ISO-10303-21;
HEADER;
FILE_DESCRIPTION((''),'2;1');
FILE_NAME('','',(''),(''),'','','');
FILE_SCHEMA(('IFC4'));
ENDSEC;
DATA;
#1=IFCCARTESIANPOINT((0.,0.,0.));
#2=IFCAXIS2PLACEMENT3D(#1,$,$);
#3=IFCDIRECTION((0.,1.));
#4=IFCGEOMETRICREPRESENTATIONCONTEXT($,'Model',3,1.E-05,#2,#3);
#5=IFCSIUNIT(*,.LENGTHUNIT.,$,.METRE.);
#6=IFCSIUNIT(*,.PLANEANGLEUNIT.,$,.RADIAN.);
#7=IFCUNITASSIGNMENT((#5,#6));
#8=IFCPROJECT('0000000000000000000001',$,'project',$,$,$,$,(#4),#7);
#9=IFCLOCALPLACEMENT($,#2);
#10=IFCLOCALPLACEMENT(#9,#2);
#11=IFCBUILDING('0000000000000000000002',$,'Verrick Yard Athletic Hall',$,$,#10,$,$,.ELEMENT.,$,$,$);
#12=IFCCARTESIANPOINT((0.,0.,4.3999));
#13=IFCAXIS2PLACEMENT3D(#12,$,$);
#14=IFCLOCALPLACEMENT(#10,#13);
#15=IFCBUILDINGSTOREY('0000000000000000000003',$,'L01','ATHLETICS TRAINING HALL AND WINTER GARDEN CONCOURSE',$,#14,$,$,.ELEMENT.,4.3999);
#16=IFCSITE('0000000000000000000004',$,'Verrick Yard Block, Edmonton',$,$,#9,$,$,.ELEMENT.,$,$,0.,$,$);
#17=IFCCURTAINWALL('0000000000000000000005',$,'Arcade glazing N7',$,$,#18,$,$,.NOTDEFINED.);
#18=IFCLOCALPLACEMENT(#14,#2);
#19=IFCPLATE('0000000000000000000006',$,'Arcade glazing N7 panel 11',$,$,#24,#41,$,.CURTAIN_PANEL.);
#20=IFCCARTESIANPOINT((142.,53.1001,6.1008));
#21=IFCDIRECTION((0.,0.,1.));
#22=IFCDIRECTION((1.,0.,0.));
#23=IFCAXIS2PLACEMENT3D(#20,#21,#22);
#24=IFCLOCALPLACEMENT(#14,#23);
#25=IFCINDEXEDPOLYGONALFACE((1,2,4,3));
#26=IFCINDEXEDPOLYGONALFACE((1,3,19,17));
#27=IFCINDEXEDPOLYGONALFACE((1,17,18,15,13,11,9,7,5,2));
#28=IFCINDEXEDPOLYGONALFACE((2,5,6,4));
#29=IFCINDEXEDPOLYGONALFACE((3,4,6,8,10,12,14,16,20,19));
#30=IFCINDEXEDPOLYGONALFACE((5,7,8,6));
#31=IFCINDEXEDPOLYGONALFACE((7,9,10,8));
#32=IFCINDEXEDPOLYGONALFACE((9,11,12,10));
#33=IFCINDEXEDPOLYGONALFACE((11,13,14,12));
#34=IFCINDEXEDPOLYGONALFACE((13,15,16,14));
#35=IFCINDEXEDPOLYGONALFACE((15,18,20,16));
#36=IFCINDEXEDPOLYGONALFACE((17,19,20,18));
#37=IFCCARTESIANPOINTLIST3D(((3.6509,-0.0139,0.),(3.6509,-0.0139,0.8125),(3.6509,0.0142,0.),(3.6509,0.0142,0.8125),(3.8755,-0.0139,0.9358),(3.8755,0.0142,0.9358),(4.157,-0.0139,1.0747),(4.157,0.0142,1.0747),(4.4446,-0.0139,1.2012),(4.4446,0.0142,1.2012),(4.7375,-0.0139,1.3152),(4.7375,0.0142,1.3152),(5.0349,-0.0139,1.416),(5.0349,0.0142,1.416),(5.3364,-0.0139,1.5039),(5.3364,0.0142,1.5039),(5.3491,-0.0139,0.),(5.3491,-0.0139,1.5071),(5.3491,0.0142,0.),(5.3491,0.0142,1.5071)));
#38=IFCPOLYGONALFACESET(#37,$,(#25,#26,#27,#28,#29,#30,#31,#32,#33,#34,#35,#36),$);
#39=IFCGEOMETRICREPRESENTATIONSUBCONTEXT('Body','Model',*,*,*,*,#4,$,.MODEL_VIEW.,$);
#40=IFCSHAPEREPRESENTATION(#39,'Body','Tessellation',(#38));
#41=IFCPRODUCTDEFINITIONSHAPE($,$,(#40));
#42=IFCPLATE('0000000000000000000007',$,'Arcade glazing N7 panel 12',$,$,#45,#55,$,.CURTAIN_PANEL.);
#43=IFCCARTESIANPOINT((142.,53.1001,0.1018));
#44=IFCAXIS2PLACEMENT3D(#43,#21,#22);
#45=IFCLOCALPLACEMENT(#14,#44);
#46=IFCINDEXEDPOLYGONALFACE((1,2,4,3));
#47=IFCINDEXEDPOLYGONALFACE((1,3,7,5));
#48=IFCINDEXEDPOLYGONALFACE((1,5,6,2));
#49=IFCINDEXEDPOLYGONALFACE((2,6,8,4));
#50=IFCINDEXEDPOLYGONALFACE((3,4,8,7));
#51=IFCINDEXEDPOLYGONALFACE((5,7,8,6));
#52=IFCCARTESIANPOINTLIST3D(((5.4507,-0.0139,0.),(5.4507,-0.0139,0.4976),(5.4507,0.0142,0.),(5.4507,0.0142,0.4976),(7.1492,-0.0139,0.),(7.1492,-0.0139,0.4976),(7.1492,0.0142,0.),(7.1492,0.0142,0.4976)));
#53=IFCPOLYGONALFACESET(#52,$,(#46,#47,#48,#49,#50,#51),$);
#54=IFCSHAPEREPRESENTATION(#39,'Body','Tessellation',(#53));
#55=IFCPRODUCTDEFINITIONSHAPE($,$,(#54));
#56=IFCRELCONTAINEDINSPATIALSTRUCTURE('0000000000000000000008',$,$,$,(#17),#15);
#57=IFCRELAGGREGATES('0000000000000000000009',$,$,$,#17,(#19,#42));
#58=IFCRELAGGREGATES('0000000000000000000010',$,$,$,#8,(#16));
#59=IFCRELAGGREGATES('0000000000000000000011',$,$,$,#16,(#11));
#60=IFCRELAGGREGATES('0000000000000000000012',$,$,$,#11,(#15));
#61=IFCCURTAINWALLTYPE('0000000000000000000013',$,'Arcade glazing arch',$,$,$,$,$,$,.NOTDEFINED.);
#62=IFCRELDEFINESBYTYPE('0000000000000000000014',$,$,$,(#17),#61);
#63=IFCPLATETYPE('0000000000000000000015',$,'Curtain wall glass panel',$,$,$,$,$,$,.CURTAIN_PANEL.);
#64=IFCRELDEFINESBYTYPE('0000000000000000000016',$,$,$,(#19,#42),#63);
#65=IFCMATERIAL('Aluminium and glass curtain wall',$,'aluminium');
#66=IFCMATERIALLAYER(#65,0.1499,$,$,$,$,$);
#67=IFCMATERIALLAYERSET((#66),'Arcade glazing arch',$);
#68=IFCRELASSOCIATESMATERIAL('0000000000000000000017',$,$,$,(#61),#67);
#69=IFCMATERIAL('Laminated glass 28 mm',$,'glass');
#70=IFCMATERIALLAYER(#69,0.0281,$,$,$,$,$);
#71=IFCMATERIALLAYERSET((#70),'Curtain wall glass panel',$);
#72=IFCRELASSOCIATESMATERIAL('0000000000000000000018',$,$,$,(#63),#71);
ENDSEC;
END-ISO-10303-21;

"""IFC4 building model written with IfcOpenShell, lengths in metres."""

from ifc_helpers import new_model, si_unit, direction, frame, origin, place, context, subcontext, project, spatial, polyline, outline, extrude, material, layer, layer_set, type_object, element, aggregate, save


model = new_model("IFC4")

# Units and contexts
model_context = context("Model", 3, precision=1e-05, world=origin(), true_north=direction((0.0, 1.0)))
body_context = subcontext(model_context, "Body", "Model", "MODEL_VIEW")
ifc_project = project(units=[si_unit("LENGTHUNIT", "METRE"), si_unit("PLANEANGLEUNIT", "RADIAN")], contexts=[model_context])

# Site, building, storey
site_placement = place(None, origin())
site = spatial("IfcSite", under=ifc_project, at=site_placement, Name="Verrick Yard Block, Edmonton", CompositionType="ELEMENT", RefElevation=0.0)
building_placement = place(site_placement, origin())
building = spatial("IfcBuilding", under=site, at=building_placement, Name="Verrick Yard Athletic Hall", CompositionType="ELEMENT")
storey_placement = place(building_placement, frame((0.0, 0.0, 4.3999)))
storey = spatial("IfcBuildingStorey", under=building, at=storey_placement, Name="L01", Description="ATHLETICS TRAINING HALL AND WINTER GARDEN CONCOURSE", CompositionType="ELEMENT", Elevation=4.3999)

# Shared definitions
ifc_material_1 = material(Name="Aluminium and glass curtain wall", Category="aluminium")
ifc_layer_1 = layer(ifc_material_1, 0.1499)
ifc_layer_set_1 = layer_set([ifc_layer_1], Name="Arcade glazing arch")
curtain_wall_type = type_object("IfcCurtainWallType", Name="Arcade glazing arch", PredefinedType="NOTDEFINED", material=ifc_layer_set_1)

# Curtain wall, plates
curtain_wall_1_placement = place(storey_placement, origin())
curtain_wall_1 = element("IfcCurtainWall", 1, at=curtain_wall_1_placement, inside=storey, type_object=curtain_wall_type, Name="Arcade glazing N7", PredefinedType="NOTDEFINED")
ifc_material_2 = material(Name="Laminated glass 28 mm", Category="glass")
ifc_layer_2 = layer(ifc_material_2, 0.0281)
ifc_layer_set_2 = layer_set([ifc_layer_2], Name="Curtain wall glass panel")
plate_type = type_object("IfcPlateType", Name="Curtain wall glass panel", PredefinedType="CURTAIN_PANEL", material=ifc_layer_set_2)
plate_1_placement = place(storey_placement, frame((142.0, 53.1001, 6.1008), z_axis=(0.0, 0.0, 1.0), x_axis=(1.0, 0.0, 0.0)))
plate_1 = element("IfcPlate", 2, at=plate_1_placement, type_object=plate_type, Name="Arcade glazing N7 panel 11", PredefinedType="CURTAIN_PANEL", context=body_context, shape_type="SweptSolid", body=[
    extrude(outline(polyline([(5.3491, 1.5071), (5.3364, 1.5039), (5.0349, 1.416), (4.7375, 1.3152), (4.4446, 1.2012), (4.157, 1.0747), (3.8755, 0.9358), (3.6509, 0.8125), (3.6509, 0.0), (5.3491, 0.0), (5.3491, 1.5071)])), frame((0.0, 0.0142, 0.0), z_axis=(0.0, -1.0, 0.0), x_axis=(1.0, 0.0, 0.0)), (0.0, 0.0, 1.0), 0.0281),
])
plate_2_placement = place(storey_placement, frame((142.0, 53.1001, 0.1018), z_axis=(0.0, 0.0, 1.0), x_axis=(1.0, 0.0, 0.0)))
plate_2 = element("IfcPlate", 3, at=plate_2_placement, type_object=plate_type, Name="Arcade glazing N7 panel 12", PredefinedType="CURTAIN_PANEL", context=body_context, shape_type="SweptSolid", body=[
    extrude(outline(polyline([(7.1492, 0.0), (7.1492, 0.4976), (5.4507, 0.4976), (5.4507, 0.0), (7.1492, 0.0)])), frame((0.0, 0.0142, 0.0), z_axis=(0.0, -1.0, 0.0), x_axis=(1.0, 0.0, 0.0)), (0.0, 0.0, 1.0), 0.0281),
])
aggregate(curtain_wall_1, [plate_1, plate_2])

save(model, "model.ifc")
